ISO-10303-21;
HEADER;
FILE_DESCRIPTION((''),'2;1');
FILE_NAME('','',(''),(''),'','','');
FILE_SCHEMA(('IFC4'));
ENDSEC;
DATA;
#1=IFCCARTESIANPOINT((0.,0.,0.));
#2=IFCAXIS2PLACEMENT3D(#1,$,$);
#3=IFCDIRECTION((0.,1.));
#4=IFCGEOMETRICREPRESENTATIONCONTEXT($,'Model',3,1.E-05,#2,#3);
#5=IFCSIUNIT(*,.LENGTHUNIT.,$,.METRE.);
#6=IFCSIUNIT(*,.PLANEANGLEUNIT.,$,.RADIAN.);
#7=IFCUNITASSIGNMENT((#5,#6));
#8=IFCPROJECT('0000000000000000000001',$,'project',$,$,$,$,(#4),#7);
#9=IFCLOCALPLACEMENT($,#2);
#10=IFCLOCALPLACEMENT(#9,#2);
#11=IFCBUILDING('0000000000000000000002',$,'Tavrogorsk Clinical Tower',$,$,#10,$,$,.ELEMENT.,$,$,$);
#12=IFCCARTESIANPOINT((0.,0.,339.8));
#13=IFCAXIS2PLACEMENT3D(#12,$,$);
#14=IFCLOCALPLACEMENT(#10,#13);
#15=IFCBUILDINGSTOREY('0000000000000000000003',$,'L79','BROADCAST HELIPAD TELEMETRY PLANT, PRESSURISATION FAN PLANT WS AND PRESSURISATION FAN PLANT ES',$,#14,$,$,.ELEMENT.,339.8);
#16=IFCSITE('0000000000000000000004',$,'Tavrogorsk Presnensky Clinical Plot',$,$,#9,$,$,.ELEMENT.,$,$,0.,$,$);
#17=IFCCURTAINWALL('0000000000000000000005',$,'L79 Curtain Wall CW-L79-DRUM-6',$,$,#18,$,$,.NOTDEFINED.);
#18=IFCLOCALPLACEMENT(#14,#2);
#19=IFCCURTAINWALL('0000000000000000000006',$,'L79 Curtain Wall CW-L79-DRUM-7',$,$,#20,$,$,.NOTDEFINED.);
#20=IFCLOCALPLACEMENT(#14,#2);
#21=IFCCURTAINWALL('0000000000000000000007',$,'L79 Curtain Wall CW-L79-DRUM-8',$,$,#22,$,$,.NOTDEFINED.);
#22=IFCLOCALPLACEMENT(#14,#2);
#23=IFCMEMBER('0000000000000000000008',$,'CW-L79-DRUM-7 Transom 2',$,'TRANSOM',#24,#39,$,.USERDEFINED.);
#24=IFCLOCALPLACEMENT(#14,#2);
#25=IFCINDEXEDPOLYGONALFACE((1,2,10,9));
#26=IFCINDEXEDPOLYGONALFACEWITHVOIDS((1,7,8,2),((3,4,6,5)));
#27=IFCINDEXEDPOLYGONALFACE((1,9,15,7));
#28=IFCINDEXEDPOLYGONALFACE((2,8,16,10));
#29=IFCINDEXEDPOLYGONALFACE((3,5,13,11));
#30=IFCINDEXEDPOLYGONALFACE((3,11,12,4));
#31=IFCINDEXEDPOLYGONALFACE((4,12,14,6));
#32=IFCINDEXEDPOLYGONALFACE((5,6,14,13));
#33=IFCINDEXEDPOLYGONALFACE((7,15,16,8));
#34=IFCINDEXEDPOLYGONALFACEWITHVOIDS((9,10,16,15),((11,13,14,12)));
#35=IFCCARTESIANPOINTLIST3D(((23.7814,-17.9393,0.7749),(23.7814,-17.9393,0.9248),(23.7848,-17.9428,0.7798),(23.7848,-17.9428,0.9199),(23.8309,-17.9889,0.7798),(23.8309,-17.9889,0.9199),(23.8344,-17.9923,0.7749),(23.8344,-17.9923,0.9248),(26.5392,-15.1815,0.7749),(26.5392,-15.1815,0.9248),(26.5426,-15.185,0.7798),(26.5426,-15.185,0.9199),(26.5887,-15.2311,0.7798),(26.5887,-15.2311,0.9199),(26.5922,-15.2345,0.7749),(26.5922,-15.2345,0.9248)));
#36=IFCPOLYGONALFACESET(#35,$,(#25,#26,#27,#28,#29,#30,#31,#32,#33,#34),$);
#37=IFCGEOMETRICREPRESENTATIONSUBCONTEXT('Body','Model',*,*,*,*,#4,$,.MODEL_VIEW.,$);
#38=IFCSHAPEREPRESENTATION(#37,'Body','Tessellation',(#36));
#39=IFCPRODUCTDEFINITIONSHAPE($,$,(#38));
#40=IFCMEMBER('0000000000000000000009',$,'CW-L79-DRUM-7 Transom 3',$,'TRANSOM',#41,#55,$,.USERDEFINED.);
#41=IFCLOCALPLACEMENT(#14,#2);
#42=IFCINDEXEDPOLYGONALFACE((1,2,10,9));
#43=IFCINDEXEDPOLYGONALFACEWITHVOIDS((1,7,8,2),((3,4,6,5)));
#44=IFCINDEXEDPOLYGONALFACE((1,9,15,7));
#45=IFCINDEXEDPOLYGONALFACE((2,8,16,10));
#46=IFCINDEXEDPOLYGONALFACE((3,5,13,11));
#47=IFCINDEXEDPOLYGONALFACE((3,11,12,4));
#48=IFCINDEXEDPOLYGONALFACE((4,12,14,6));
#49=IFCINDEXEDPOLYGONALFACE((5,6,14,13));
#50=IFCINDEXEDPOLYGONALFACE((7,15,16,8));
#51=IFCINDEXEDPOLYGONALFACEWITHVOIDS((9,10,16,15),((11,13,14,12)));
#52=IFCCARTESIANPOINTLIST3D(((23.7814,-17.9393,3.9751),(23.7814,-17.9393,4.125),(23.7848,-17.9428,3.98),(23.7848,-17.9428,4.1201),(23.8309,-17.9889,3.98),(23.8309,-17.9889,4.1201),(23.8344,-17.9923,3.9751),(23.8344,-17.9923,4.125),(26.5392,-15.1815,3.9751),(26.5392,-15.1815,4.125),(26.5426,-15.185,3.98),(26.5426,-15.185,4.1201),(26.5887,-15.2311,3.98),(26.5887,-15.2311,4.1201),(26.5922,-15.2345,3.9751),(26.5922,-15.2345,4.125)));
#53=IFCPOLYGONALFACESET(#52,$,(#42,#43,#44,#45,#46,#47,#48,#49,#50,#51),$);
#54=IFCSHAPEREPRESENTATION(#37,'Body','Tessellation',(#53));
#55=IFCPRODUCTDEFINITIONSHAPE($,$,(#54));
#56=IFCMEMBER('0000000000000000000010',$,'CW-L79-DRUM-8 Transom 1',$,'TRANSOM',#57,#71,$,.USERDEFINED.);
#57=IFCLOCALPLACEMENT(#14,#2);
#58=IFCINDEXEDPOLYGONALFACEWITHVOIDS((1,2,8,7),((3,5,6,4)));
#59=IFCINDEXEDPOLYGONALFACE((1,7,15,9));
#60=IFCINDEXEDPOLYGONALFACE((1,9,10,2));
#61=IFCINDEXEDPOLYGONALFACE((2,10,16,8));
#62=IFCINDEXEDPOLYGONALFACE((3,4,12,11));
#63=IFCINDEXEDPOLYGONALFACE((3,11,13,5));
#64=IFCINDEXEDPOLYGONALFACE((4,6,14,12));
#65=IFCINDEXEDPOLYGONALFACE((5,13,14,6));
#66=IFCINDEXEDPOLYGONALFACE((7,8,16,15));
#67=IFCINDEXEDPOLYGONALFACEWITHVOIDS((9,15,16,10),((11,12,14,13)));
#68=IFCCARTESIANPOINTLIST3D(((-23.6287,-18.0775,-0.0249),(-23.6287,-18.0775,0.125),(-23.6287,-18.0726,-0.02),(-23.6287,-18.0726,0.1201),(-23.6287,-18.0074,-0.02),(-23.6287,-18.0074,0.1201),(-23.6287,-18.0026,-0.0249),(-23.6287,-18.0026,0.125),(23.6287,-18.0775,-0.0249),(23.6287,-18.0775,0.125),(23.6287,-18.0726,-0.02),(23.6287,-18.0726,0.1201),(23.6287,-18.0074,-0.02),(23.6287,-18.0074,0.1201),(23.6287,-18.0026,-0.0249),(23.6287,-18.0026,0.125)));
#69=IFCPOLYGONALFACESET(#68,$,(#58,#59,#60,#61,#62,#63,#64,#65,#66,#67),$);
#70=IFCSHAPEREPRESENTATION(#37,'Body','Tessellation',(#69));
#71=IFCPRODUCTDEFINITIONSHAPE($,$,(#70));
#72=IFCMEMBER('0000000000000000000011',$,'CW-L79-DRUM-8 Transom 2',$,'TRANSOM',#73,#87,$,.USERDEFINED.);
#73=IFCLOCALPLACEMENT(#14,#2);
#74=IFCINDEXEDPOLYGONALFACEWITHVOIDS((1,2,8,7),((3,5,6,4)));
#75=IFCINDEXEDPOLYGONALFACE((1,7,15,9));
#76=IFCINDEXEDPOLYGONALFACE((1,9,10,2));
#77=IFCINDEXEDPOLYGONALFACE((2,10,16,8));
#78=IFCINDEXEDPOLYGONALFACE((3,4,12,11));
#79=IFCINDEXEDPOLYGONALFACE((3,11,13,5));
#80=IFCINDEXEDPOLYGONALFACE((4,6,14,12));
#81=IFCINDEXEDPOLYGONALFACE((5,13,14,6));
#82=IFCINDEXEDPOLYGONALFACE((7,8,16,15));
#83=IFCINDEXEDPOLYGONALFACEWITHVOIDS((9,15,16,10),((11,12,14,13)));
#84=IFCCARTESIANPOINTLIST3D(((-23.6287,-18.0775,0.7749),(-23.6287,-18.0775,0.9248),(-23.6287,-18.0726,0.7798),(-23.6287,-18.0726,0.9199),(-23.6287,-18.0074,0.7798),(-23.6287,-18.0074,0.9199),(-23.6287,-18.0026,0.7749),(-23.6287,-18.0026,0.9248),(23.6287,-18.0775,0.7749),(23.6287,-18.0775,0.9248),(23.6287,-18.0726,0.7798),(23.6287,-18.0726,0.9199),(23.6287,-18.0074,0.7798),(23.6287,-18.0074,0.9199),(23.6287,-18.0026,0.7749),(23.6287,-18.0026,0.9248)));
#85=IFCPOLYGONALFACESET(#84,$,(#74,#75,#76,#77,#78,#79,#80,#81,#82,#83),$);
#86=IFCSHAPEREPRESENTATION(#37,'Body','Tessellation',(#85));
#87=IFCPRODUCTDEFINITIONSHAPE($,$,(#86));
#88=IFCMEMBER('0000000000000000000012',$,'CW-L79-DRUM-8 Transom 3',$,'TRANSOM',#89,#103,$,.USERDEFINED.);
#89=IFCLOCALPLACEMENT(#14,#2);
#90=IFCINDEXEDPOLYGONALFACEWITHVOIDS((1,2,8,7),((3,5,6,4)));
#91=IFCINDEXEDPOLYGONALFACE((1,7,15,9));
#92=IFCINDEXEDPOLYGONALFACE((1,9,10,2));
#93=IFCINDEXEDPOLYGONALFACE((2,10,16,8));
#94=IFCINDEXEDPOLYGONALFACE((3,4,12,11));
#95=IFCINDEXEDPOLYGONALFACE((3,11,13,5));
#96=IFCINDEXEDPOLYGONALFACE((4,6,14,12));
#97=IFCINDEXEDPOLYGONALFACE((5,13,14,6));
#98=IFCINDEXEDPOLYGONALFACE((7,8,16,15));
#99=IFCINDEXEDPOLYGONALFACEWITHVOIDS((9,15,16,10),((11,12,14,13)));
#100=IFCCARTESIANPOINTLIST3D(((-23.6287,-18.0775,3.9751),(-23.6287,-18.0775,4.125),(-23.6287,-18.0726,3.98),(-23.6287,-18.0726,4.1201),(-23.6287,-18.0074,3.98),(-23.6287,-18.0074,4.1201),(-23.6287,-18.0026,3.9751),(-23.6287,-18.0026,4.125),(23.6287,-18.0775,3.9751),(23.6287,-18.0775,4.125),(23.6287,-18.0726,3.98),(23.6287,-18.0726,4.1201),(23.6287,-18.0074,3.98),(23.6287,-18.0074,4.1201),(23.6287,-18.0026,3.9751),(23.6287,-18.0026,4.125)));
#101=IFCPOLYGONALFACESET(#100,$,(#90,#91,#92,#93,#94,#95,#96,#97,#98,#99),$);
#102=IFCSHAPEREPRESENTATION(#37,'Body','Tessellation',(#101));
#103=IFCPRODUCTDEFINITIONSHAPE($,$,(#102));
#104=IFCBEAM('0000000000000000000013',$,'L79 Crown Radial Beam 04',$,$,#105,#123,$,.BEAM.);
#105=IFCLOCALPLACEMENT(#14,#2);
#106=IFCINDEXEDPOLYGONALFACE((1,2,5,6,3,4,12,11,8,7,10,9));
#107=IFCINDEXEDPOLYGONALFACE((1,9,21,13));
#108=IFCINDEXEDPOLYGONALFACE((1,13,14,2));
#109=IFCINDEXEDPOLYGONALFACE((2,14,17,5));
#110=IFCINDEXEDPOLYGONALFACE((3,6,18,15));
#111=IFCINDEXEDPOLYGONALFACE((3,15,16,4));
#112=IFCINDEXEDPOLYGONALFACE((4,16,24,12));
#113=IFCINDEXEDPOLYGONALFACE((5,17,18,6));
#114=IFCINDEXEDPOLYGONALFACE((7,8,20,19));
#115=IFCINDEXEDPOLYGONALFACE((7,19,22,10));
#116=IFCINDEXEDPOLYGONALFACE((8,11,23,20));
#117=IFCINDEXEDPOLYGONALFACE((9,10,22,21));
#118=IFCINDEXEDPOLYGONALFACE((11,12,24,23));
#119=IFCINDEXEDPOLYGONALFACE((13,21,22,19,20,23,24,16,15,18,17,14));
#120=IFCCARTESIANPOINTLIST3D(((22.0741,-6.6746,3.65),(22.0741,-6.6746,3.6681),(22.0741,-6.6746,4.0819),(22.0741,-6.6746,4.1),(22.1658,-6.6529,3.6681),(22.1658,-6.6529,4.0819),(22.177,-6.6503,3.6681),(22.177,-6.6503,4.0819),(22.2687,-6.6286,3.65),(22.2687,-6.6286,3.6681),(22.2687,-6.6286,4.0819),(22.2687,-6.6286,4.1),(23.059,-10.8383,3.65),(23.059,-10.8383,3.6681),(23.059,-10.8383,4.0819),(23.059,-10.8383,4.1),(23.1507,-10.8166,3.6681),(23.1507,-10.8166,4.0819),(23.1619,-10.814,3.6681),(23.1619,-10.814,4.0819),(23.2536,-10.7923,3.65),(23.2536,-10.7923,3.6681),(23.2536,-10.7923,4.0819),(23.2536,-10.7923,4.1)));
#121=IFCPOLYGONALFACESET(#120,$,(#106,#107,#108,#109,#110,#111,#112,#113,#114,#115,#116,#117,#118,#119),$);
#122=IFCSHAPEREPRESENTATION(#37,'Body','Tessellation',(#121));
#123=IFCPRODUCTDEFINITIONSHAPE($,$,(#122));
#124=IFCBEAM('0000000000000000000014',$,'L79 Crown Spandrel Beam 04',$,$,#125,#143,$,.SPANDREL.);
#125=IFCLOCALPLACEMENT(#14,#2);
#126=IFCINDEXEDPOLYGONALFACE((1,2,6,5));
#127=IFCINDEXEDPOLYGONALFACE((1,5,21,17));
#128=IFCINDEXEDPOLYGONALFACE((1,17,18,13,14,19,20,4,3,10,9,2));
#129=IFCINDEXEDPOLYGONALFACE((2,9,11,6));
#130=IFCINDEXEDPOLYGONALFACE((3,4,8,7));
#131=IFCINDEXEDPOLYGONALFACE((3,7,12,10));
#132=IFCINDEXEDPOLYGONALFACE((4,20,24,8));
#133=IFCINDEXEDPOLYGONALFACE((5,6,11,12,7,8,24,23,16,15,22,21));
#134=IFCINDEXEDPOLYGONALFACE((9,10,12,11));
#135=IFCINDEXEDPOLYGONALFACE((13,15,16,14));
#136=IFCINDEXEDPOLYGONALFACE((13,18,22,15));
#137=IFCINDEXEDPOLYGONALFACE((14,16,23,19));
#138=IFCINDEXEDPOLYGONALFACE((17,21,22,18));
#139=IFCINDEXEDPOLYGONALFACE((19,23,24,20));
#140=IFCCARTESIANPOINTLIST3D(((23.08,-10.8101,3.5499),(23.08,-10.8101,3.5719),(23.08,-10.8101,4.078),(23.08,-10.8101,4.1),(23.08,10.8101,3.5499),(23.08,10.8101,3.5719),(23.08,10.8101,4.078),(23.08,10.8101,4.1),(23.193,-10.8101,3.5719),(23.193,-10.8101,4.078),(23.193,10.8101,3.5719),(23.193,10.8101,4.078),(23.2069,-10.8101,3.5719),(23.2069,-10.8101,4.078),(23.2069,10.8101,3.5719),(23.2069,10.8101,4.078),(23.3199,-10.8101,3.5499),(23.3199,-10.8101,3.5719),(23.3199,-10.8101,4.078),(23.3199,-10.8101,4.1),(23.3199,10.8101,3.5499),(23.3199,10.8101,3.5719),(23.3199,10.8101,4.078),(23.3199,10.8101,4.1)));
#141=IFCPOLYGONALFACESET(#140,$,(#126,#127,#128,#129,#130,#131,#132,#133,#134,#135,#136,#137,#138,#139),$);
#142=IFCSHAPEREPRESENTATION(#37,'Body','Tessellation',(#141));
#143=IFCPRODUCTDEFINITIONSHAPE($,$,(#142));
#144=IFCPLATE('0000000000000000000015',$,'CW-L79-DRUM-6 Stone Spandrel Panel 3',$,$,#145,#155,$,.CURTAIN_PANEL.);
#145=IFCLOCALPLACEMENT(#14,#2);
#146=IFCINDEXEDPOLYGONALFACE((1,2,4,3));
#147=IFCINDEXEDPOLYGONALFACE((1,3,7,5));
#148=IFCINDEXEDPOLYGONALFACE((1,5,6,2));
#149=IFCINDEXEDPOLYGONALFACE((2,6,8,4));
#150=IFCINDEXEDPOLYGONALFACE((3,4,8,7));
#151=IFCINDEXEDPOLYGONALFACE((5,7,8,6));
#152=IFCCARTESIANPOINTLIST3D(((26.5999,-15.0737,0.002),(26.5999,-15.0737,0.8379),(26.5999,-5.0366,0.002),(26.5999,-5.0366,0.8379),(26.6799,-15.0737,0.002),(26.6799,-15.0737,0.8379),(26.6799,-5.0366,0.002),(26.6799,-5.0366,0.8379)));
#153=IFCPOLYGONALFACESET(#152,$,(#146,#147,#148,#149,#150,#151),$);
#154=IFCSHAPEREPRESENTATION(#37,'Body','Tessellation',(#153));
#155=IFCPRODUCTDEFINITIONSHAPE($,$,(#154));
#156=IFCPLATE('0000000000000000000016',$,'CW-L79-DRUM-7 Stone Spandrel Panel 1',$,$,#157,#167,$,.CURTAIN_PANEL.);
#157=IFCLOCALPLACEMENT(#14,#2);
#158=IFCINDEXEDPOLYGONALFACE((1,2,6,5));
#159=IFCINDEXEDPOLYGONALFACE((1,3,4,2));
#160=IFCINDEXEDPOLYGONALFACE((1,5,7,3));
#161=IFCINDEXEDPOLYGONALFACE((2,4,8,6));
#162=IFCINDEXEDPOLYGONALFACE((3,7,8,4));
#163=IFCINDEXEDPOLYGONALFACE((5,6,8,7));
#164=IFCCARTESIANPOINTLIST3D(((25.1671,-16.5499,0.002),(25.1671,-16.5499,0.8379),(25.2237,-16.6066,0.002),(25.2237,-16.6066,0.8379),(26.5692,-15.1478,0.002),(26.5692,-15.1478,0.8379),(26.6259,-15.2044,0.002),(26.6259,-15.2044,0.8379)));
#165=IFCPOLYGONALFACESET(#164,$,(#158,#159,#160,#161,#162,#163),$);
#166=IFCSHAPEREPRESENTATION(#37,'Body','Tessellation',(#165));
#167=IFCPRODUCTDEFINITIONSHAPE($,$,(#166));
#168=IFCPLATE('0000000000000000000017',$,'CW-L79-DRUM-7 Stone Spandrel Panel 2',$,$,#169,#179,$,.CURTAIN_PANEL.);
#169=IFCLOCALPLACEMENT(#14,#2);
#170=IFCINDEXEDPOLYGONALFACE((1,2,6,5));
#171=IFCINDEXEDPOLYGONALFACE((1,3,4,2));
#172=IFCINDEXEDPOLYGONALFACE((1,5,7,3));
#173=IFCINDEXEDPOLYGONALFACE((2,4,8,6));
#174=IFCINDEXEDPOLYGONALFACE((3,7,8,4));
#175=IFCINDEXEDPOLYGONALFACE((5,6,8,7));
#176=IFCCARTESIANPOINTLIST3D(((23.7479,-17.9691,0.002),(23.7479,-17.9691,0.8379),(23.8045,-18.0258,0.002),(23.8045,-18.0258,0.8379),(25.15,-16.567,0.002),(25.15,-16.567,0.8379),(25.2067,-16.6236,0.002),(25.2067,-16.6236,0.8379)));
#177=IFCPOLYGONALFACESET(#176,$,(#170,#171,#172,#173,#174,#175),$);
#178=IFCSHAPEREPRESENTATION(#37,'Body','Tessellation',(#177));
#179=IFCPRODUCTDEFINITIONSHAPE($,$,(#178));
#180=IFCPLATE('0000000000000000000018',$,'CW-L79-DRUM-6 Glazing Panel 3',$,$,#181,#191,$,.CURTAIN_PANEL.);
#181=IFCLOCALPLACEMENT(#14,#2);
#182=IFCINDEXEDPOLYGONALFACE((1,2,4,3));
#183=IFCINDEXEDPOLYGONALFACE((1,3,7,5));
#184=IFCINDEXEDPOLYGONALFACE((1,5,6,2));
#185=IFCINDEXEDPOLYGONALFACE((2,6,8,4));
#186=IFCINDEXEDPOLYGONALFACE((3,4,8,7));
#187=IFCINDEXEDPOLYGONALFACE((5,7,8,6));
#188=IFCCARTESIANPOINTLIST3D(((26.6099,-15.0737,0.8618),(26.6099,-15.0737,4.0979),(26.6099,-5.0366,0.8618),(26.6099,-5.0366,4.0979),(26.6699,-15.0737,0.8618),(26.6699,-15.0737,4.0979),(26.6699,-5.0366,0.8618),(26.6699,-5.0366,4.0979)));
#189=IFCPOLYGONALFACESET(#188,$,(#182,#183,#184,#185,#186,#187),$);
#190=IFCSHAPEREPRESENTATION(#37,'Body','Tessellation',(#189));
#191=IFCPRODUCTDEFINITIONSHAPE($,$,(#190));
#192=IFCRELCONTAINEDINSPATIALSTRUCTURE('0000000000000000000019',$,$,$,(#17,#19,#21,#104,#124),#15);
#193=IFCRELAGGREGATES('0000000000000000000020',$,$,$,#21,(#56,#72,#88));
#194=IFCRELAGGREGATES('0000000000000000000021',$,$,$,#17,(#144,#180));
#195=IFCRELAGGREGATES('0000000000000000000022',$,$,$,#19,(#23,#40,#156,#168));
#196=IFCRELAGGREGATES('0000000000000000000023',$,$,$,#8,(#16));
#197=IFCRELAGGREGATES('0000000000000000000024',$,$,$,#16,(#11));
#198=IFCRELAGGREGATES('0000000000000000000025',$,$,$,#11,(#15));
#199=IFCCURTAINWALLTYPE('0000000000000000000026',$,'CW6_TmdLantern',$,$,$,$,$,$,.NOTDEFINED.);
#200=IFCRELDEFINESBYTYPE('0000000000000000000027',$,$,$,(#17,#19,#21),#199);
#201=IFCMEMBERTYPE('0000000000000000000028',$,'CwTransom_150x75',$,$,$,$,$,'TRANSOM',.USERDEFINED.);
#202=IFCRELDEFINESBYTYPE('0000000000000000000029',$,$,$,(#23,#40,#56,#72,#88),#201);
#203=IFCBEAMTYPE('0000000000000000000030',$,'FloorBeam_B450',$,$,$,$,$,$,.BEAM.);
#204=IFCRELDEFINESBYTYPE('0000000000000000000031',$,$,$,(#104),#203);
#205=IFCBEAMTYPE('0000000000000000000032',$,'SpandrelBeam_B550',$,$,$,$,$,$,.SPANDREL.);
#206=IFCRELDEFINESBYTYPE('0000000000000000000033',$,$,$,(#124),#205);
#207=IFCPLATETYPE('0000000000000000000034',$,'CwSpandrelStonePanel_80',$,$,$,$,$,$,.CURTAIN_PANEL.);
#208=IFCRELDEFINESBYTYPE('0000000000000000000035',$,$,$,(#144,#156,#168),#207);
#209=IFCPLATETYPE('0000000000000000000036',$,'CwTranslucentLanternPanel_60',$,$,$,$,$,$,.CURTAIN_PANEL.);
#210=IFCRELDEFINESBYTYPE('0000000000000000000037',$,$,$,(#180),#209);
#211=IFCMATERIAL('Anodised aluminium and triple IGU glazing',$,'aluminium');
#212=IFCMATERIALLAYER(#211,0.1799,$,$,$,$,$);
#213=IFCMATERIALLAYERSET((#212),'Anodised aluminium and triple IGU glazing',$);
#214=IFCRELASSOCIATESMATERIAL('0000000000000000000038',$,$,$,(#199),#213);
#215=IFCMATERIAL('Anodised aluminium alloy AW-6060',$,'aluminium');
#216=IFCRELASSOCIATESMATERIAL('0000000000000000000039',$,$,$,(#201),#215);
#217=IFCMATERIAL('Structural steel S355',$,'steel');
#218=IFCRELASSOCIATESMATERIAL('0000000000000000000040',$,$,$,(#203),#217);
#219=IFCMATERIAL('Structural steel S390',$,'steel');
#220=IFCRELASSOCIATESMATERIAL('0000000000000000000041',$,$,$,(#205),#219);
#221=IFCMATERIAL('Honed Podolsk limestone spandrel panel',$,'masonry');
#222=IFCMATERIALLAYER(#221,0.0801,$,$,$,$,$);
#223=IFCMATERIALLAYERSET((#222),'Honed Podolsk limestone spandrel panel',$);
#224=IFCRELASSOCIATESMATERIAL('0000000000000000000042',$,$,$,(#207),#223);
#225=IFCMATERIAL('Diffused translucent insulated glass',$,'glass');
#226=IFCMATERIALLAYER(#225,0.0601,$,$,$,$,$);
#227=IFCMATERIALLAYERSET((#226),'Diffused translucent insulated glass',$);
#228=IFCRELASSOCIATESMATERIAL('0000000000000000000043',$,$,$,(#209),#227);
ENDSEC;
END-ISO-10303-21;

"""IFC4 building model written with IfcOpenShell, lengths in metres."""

from ifc_helpers import new_model, si_unit, direction, frame, origin, origin_2d, place, context, subcontext, project, spatial, rectangle, hollow_rectangle, i_section, extrude, material, layer, layer_set, material_profile, profile_set, type_object, element, aggregate, save


model = new_model("IFC4")

# Units and contexts
model_context = context("Model", 3, precision=1e-05, world=origin(), true_north=direction((0.0, 1.0)))
body_context = subcontext(model_context, "Body", "Model", "MODEL_VIEW")
ifc_project = project(units=[si_unit("LENGTHUNIT", "METRE"), si_unit("PLANEANGLEUNIT", "RADIAN")], contexts=[model_context])

# Site, building, storey
site_placement = place(None, origin())
site = spatial("IfcSite", under=ifc_project, at=site_placement, Name="Tavrogorsk Presnensky Clinical Plot", CompositionType="ELEMENT", RefElevation=0.0)
building_placement = place(site_placement, origin())
building = spatial("IfcBuilding", under=site, at=building_placement, Name="Tavrogorsk Clinical Tower", CompositionType="ELEMENT")
storey_placement = place(building_placement, frame((0.0, 0.0, 339.8)))
storey = spatial("IfcBuildingStorey", under=building, at=storey_placement, Name="L79", Description="BROADCAST HELIPAD TELEMETRY PLANT, PRESSURISATION FAN PLANT WS AND PRESSURISATION FAN PLANT ES", CompositionType="ELEMENT", Elevation=339.8)

# Curtain walls
ifc_material_1 = material(Name="Anodised aluminium and triple IGU glazing", Category="aluminium")
ifc_layer_1 = layer(ifc_material_1, 0.1799)
ifc_layer_set_1 = layer_set([ifc_layer_1], Name="Anodised aluminium and triple IGU glazing")
curtain_wall_type = type_object("IfcCurtainWallType", Name="CW6_TmdLantern", PredefinedType="NOTDEFINED", material=ifc_layer_set_1)
curtain_wall_1_placement = place(storey_placement, origin())
curtain_wall_1 = element("IfcCurtainWall", 1, at=curtain_wall_1_placement, inside=storey, type_object=curtain_wall_type, Name="L79 Curtain Wall CW-L79-DRUM-6", PredefinedType="NOTDEFINED")
curtain_wall_2_placement = place(storey_placement, origin())
curtain_wall_2 = element("IfcCurtainWall", 2, at=curtain_wall_2_placement, inside=storey, type_object=curtain_wall_type, Name="L79 Curtain Wall CW-L79-DRUM-7", PredefinedType="NOTDEFINED")

# Curtain wall
curtain_wall_3_placement = place(storey_placement, origin())
curtain_wall_3 = element("IfcCurtainWall", 3, at=curtain_wall_3_placement, inside=storey, type_object=curtain_wall_type, Name="L79 Curtain Wall CW-L79-DRUM-8", PredefinedType="NOTDEFINED")

# Members
ifc_material_2 = material(Name="Anodised aluminium alloy AW-6060", Category="aluminium")
ifc_material_profile_1 = material_profile(ifc_material_2, hollow_rectangle(XDim=0.075, YDim=0.1499, WallThickness=0.0049, at=origin_2d()), Name="RHS-150x75x5")
ifc_profile_set_1 = profile_set([ifc_material_profile_1], Name="Anodised aluminium alloy AW-6060")
member_type_1 = type_object("IfcMemberType", Name="CwTransom_150x75", ElementType="TRANSOM", PredefinedType="USERDEFINED", material=ifc_profile_set_1)
member_1_placement = place(storey_placement, frame((26.5657, -15.208, 0.8499), z_axis=(-0.707107, -0.707107, 0.0), x_axis=(0.707107, -0.707107, 0.0)))
member_1 = element("IfcMember", 4, at=member_1_placement, type_object=member_type_1, Name="CW-L79-DRUM-7 Transom 2", ObjectType="TRANSOM", PredefinedType="USERDEFINED", context=body_context, shape_type="SweptSolid", body=[
    extrude(hollow_rectangle(XDim=0.075, YDim=0.1499, WallThickness=0.0049, at=origin_2d()), origin(), (0.0, 0.0, 1.0), 3.9001),
])
member_2_placement = place(storey_placement, frame((26.5657, -15.208, 4.05), z_axis=(-0.707107, -0.707107, 0.0), x_axis=(0.707107, -0.707107, 0.0)))
member_2 = element("IfcMember", 5, at=member_2_placement, type_object=member_type_1, Name="CW-L79-DRUM-7 Transom 3", ObjectType="TRANSOM", PredefinedType="USERDEFINED", context=body_context, shape_type="SweptSolid", body=[
    extrude(hollow_rectangle(XDim=0.075, YDim=0.1499, WallThickness=0.0049, at=origin_2d()), origin(), (0.0, 0.0, 1.0), 3.9001),
])
member_3_placement = place(storey_placement, frame((23.6287, -18.04, 0.05), z_axis=(-1.0, 0.0, 0.0), x_axis=(0.0, -1.0, 0.0)))
member_3 = element("IfcMember", 6, at=member_3_placement, type_object=member_type_1, Name="CW-L79-DRUM-8 Transom 1", ObjectType="TRANSOM", PredefinedType="USERDEFINED", context=body_context, shape_type="SweptSolid", body=[
    extrude(hollow_rectangle(XDim=0.075, YDim=0.1499, WallThickness=0.0049, at=origin_2d()), origin(), (0.0, 0.0, 1.0), 47.2573),
])
member_4_placement = place(storey_placement, frame((23.6287, -18.04, 0.8499), z_axis=(-1.0, 0.0, 0.0), x_axis=(0.0, -1.0, 0.0)))
member_4 = element("IfcMember", 7, at=member_4_placement, type_object=member_type_1, Name="CW-L79-DRUM-8 Transom 2", ObjectType="TRANSOM", PredefinedType="USERDEFINED", context=body_context, shape_type="SweptSolid", body=[
    extrude(hollow_rectangle(XDim=0.075, YDim=0.1499, WallThickness=0.0049, at=origin_2d()), origin(), (0.0, 0.0, 1.0), 47.2573),
])
member_5_placement = place(storey_placement, frame((23.6287, -18.04, 4.05), z_axis=(-1.0, 0.0, 0.0), x_axis=(0.0, -1.0, 0.0)))
member_5 = element("IfcMember", 8, at=member_5_placement, type_object=member_type_1, Name="CW-L79-DRUM-8 Transom 3", ObjectType="TRANSOM", PredefinedType="USERDEFINED", context=body_context, shape_type="SweptSolid", body=[
    extrude(hollow_rectangle(XDim=0.075, YDim=0.1499, WallThickness=0.0049, at=origin_2d()), origin(), (0.0, 0.0, 1.0), 47.2573),
])
aggregate(curtain_wall_3, [member_3, member_4, member_5])

# Beams
ifc_material_3 = material(Name="Structural steel S355", Category="steel")
ifc_material_profile_2 = material_profile(ifc_material_3, i_section(OverallWidth=0.2, OverallDepth=0.45, WebThickness=0.0115, FlangeThickness=0.0181, at=origin_2d()), Name="B-450x200x11.5x18")
ifc_profile_set_2 = profile_set([ifc_material_profile_2], Name="Structural steel S355")
beam_type_1 = type_object("IfcBeamType", Name="FloorBeam_B450", PredefinedType="BEAM", material=ifc_profile_set_2)
beam_1_placement = place(storey_placement, frame((22.1714, -6.6516, 3.875), z_axis=(0.230191, -0.973146, 0.0), x_axis=(0.973146, 0.230191, 0.0)))
element("IfcBeam", 9, at=beam_1_placement, inside=storey, type_object=beam_type_1, Name="L79 Crown Radial Beam 04", PredefinedType="BEAM", context=body_context, shape_type="SweptSolid", body=[
    extrude(i_section(OverallWidth=0.2, OverallDepth=0.45, WebThickness=0.0115, FlangeThickness=0.0181, at=origin_2d()), origin(), (0.0, 0.0, 1.0), 4.2786),
])
ifc_material_4 = material(Name="Structural steel S390", Category="steel")
ifc_material_profile_3 = material_profile(ifc_material_4, i_section(OverallWidth=0.24, OverallDepth=0.55, WebThickness=0.0139, FlangeThickness=0.022, at=origin_2d()), Name="B-550x240x14x22")
ifc_profile_set_3 = profile_set([ifc_material_profile_3], Name="Structural steel S390")
beam_type_2 = type_object("IfcBeamType", Name="SpandrelBeam_B550", PredefinedType="SPANDREL", material=ifc_profile_set_3)
beam_2_placement = place(storey_placement, frame((23.2, -10.8101, 3.825), z_axis=(0.0, 1.0, 0.0), x_axis=(-1.0, 0.0, 0.0)))
element("IfcBeam", 10, at=beam_2_placement, inside=storey, type_object=beam_type_2, Name="L79 Crown Spandrel Beam 04", PredefinedType="SPANDREL", context=body_context, shape_type="SweptSolid", body=[
    extrude(i_section(OverallWidth=0.24, OverallDepth=0.55, WebThickness=0.0139, FlangeThickness=0.022, at=origin_2d()), origin(), (0.0, 0.0, 1.0), 21.6201),
])

# Plates
ifc_material_5 = material(Name="Honed Podolsk limestone spandrel panel", Category="masonry")
ifc_layer_2 = layer(ifc_material_5, 0.0801)
ifc_layer_set_2 = layer_set([ifc_layer_2], Name="Honed Podolsk limestone spandrel panel")
plate_type_1 = type_object("IfcPlateType", Name="CwSpandrelStonePanel_80", PredefinedType="CURTAIN_PANEL", material=ifc_layer_set_2)
plate_1_placement = place(storey_placement, frame((26.6399, -10.0552, 0.002), z_axis=(0.0, 0.0, 1.0), x_axis=(0.0, -1.0, 0.0)))
plate_1 = element("IfcPlate", 11, at=plate_1_placement, type_object=plate_type_1, Name="CW-L79-DRUM-6 Stone Spandrel Panel 3", PredefinedType="CURTAIN_PANEL", context=body_context, shape_type="SweptSolid", body=[
    extrude(rectangle(XDim=10.0371, YDim=0.0801, at=origin_2d()), origin(), (0.0, 0.0, 1.0), 0.8359),
])
plate_2_placement = place(storey_placement, frame((25.8965, -15.8772, 0.002), z_axis=(0.0, 0.0, 1.0), x_axis=(-0.707107, -0.707107, 0.0)))
plate_2 = element("IfcPlate", 12, at=plate_2_placement, type_object=plate_type_1, Name="CW-L79-DRUM-7 Stone Spandrel Panel 1", PredefinedType="CURTAIN_PANEL", context=body_context, shape_type="SweptSolid", body=[
    extrude(rectangle(XDim=1.9829, YDim=0.0801, at=origin_2d()), origin(), (0.0, 0.0, 1.0), 0.8359),
])
plate_3_placement = place(storey_placement, frame((24.4773, -17.2964, 0.002), z_axis=(0.0, 0.0, 1.0), x_axis=(-0.707107, -0.707107, 0.0)))
plate_3 = element("IfcPlate", 13, at=plate_3_placement, type_object=plate_type_1, Name="CW-L79-DRUM-7 Stone Spandrel Panel 2", PredefinedType="CURTAIN_PANEL", context=body_context, shape_type="SweptSolid", body=[
    extrude(rectangle(XDim=1.9829, YDim=0.0801, at=origin_2d()), origin(), (0.0, 0.0, 1.0), 0.8359),
])
ifc_material_6 = material(Name="Diffused translucent insulated glass", Category="glass")
ifc_layer_3 = layer(ifc_material_6, 0.0601)
ifc_layer_set_3 = layer_set([ifc_layer_3], Name="Diffused translucent insulated glass")
plate_type_2 = type_object("IfcPlateType", Name="CwTranslucentLanternPanel_60", PredefinedType="CURTAIN_PANEL", material=ifc_layer_set_3)
plate_4_placement = place(storey_placement, frame((26.6399, -10.0552, 0.8618), z_axis=(0.0, 0.0, 1.0), x_axis=(0.0, -1.0, 0.0)))
plate_4 = element("IfcPlate", 14, at=plate_4_placement, type_object=plate_type_2, Name="CW-L79-DRUM-6 Glazing Panel 3", PredefinedType="CURTAIN_PANEL", context=body_context, shape_type="SweptSolid", body=[
    extrude(rectangle(XDim=10.0371, YDim=0.0601, at=origin_2d()), origin(), (0.0, 0.0, 1.0), 3.2361),
])
aggregate(curtain_wall_1, [plate_1, plate_4])
aggregate(curtain_wall_2, [member_1, member_2, plate_2, plate_3])

save(model, "model.ifc")
